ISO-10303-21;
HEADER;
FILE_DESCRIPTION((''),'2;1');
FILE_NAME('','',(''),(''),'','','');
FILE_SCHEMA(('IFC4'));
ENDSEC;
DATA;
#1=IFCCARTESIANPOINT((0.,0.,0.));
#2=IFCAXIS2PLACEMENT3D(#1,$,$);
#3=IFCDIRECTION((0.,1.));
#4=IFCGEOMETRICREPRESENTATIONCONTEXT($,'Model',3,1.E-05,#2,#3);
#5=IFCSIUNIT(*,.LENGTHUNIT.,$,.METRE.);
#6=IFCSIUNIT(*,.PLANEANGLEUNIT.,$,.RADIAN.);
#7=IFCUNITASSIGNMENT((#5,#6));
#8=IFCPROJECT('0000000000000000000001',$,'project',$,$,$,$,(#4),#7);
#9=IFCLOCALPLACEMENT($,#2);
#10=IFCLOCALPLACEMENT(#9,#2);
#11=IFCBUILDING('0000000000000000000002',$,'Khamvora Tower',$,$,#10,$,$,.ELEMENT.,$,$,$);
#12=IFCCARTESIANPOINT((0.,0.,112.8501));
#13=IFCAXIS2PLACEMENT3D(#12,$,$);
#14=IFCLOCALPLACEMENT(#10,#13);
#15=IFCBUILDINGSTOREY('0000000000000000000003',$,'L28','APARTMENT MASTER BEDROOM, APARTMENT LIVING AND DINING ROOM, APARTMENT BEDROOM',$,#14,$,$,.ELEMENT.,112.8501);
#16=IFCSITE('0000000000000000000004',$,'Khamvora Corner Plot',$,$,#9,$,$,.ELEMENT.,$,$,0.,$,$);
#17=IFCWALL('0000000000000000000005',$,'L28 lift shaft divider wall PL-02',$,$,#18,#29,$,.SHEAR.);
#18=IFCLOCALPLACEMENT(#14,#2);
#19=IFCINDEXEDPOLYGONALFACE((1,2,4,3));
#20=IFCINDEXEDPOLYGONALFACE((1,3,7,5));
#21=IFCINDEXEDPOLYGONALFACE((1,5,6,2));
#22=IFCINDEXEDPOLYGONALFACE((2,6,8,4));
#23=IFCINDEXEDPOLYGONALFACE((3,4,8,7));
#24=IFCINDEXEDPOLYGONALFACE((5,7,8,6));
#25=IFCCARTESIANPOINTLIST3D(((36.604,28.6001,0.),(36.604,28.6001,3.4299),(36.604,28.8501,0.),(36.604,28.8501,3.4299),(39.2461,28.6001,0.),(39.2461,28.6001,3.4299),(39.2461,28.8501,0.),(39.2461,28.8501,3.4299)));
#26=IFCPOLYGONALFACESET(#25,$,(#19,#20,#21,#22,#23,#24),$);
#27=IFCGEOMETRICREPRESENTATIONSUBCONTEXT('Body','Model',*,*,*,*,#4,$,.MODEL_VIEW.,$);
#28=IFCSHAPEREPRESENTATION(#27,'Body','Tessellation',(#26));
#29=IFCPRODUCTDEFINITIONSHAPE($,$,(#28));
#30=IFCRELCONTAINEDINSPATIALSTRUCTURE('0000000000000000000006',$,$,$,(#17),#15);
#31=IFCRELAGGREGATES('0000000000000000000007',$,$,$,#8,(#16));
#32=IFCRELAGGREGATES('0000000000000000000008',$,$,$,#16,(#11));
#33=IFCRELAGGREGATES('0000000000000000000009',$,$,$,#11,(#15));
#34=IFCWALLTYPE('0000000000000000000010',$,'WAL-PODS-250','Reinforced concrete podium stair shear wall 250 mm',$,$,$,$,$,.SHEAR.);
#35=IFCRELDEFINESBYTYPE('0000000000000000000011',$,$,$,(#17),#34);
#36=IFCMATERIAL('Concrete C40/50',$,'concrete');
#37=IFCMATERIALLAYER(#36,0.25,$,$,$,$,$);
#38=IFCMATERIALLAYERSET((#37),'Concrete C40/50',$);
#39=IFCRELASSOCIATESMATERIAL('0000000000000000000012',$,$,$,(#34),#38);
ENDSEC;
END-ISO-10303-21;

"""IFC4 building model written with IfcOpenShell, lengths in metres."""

from ifc_helpers import new_model, si_unit, direction, frame, frame_2d, origin, place, context, subcontext, project, spatial, rectangle, extrude, material, layer, layer_set, type_object, element, save


model = new_model("IFC4")

# Units and contexts
model_context = context("Model", 3, precision=1e-05, world=origin(), true_north=direction((0.0, 1.0)))
body_context = subcontext(model_context, "Body", "Model", "MODEL_VIEW")
ifc_project = project(units=[si_unit("LENGTHUNIT", "METRE"), si_unit("PLANEANGLEUNIT", "RADIAN")], contexts=[model_context])

# Site, building, storey
site_placement = place(None, origin())
site = spatial("IfcSite", under=ifc_project, at=site_placement, Name="Khamvora Corner Plot", CompositionType="ELEMENT", RefElevation=0.0)
building_placement = place(site_placement, origin())
building = spatial("IfcBuilding", under=site, at=building_placement, Name="Khamvora Tower", CompositionType="ELEMENT")
storey_placement = place(building_placement, frame((0.0, 0.0, 112.8501)))
storey = spatial("IfcBuildingStorey", under=building, at=storey_placement, Name="L28", Description="APARTMENT MASTER BEDROOM, APARTMENT LIVING AND DINING ROOM, APARTMENT BEDROOM", CompositionType="ELEMENT", Elevation=112.8501)

# Wall
ifc_material_1 = material(Name="Concrete C40/50", Category="concrete")
ifc_layer_1 = layer(ifc_material_1, 0.25)
ifc_layer_set_1 = layer_set([ifc_layer_1], Name="Concrete C40/50")
wall_type_1 = type_object("IfcWallType", Name="WAL-PODS-250", Description="Reinforced concrete podium stair shear wall 250 mm", PredefinedType="SHEAR", material=ifc_layer_set_1)
for number, where, z_axis, x_axis, name in (
    (1, (36.604, 28.7251, 0.0), (0.0, 0.0, 1.0), (1.0, 0.0, 0.0), "L28 lift shaft divider wall PL-02"),
):
    element("IfcWall", number, at=place(storey_placement, frame(where, z_axis=z_axis, x_axis=x_axis)), inside=storey, type_object=wall_type_1, Name=name, PredefinedType="SHEAR", context=body_context, shape_type="SweptSolid", body=[
        extrude(rectangle(XDim=2.6421, YDim=0.25, at=frame_2d((1.321, 0.0))), origin(), (0.0, 0.0, 1.0), 3.4299),
    ])

save(model, "model.ifc")
